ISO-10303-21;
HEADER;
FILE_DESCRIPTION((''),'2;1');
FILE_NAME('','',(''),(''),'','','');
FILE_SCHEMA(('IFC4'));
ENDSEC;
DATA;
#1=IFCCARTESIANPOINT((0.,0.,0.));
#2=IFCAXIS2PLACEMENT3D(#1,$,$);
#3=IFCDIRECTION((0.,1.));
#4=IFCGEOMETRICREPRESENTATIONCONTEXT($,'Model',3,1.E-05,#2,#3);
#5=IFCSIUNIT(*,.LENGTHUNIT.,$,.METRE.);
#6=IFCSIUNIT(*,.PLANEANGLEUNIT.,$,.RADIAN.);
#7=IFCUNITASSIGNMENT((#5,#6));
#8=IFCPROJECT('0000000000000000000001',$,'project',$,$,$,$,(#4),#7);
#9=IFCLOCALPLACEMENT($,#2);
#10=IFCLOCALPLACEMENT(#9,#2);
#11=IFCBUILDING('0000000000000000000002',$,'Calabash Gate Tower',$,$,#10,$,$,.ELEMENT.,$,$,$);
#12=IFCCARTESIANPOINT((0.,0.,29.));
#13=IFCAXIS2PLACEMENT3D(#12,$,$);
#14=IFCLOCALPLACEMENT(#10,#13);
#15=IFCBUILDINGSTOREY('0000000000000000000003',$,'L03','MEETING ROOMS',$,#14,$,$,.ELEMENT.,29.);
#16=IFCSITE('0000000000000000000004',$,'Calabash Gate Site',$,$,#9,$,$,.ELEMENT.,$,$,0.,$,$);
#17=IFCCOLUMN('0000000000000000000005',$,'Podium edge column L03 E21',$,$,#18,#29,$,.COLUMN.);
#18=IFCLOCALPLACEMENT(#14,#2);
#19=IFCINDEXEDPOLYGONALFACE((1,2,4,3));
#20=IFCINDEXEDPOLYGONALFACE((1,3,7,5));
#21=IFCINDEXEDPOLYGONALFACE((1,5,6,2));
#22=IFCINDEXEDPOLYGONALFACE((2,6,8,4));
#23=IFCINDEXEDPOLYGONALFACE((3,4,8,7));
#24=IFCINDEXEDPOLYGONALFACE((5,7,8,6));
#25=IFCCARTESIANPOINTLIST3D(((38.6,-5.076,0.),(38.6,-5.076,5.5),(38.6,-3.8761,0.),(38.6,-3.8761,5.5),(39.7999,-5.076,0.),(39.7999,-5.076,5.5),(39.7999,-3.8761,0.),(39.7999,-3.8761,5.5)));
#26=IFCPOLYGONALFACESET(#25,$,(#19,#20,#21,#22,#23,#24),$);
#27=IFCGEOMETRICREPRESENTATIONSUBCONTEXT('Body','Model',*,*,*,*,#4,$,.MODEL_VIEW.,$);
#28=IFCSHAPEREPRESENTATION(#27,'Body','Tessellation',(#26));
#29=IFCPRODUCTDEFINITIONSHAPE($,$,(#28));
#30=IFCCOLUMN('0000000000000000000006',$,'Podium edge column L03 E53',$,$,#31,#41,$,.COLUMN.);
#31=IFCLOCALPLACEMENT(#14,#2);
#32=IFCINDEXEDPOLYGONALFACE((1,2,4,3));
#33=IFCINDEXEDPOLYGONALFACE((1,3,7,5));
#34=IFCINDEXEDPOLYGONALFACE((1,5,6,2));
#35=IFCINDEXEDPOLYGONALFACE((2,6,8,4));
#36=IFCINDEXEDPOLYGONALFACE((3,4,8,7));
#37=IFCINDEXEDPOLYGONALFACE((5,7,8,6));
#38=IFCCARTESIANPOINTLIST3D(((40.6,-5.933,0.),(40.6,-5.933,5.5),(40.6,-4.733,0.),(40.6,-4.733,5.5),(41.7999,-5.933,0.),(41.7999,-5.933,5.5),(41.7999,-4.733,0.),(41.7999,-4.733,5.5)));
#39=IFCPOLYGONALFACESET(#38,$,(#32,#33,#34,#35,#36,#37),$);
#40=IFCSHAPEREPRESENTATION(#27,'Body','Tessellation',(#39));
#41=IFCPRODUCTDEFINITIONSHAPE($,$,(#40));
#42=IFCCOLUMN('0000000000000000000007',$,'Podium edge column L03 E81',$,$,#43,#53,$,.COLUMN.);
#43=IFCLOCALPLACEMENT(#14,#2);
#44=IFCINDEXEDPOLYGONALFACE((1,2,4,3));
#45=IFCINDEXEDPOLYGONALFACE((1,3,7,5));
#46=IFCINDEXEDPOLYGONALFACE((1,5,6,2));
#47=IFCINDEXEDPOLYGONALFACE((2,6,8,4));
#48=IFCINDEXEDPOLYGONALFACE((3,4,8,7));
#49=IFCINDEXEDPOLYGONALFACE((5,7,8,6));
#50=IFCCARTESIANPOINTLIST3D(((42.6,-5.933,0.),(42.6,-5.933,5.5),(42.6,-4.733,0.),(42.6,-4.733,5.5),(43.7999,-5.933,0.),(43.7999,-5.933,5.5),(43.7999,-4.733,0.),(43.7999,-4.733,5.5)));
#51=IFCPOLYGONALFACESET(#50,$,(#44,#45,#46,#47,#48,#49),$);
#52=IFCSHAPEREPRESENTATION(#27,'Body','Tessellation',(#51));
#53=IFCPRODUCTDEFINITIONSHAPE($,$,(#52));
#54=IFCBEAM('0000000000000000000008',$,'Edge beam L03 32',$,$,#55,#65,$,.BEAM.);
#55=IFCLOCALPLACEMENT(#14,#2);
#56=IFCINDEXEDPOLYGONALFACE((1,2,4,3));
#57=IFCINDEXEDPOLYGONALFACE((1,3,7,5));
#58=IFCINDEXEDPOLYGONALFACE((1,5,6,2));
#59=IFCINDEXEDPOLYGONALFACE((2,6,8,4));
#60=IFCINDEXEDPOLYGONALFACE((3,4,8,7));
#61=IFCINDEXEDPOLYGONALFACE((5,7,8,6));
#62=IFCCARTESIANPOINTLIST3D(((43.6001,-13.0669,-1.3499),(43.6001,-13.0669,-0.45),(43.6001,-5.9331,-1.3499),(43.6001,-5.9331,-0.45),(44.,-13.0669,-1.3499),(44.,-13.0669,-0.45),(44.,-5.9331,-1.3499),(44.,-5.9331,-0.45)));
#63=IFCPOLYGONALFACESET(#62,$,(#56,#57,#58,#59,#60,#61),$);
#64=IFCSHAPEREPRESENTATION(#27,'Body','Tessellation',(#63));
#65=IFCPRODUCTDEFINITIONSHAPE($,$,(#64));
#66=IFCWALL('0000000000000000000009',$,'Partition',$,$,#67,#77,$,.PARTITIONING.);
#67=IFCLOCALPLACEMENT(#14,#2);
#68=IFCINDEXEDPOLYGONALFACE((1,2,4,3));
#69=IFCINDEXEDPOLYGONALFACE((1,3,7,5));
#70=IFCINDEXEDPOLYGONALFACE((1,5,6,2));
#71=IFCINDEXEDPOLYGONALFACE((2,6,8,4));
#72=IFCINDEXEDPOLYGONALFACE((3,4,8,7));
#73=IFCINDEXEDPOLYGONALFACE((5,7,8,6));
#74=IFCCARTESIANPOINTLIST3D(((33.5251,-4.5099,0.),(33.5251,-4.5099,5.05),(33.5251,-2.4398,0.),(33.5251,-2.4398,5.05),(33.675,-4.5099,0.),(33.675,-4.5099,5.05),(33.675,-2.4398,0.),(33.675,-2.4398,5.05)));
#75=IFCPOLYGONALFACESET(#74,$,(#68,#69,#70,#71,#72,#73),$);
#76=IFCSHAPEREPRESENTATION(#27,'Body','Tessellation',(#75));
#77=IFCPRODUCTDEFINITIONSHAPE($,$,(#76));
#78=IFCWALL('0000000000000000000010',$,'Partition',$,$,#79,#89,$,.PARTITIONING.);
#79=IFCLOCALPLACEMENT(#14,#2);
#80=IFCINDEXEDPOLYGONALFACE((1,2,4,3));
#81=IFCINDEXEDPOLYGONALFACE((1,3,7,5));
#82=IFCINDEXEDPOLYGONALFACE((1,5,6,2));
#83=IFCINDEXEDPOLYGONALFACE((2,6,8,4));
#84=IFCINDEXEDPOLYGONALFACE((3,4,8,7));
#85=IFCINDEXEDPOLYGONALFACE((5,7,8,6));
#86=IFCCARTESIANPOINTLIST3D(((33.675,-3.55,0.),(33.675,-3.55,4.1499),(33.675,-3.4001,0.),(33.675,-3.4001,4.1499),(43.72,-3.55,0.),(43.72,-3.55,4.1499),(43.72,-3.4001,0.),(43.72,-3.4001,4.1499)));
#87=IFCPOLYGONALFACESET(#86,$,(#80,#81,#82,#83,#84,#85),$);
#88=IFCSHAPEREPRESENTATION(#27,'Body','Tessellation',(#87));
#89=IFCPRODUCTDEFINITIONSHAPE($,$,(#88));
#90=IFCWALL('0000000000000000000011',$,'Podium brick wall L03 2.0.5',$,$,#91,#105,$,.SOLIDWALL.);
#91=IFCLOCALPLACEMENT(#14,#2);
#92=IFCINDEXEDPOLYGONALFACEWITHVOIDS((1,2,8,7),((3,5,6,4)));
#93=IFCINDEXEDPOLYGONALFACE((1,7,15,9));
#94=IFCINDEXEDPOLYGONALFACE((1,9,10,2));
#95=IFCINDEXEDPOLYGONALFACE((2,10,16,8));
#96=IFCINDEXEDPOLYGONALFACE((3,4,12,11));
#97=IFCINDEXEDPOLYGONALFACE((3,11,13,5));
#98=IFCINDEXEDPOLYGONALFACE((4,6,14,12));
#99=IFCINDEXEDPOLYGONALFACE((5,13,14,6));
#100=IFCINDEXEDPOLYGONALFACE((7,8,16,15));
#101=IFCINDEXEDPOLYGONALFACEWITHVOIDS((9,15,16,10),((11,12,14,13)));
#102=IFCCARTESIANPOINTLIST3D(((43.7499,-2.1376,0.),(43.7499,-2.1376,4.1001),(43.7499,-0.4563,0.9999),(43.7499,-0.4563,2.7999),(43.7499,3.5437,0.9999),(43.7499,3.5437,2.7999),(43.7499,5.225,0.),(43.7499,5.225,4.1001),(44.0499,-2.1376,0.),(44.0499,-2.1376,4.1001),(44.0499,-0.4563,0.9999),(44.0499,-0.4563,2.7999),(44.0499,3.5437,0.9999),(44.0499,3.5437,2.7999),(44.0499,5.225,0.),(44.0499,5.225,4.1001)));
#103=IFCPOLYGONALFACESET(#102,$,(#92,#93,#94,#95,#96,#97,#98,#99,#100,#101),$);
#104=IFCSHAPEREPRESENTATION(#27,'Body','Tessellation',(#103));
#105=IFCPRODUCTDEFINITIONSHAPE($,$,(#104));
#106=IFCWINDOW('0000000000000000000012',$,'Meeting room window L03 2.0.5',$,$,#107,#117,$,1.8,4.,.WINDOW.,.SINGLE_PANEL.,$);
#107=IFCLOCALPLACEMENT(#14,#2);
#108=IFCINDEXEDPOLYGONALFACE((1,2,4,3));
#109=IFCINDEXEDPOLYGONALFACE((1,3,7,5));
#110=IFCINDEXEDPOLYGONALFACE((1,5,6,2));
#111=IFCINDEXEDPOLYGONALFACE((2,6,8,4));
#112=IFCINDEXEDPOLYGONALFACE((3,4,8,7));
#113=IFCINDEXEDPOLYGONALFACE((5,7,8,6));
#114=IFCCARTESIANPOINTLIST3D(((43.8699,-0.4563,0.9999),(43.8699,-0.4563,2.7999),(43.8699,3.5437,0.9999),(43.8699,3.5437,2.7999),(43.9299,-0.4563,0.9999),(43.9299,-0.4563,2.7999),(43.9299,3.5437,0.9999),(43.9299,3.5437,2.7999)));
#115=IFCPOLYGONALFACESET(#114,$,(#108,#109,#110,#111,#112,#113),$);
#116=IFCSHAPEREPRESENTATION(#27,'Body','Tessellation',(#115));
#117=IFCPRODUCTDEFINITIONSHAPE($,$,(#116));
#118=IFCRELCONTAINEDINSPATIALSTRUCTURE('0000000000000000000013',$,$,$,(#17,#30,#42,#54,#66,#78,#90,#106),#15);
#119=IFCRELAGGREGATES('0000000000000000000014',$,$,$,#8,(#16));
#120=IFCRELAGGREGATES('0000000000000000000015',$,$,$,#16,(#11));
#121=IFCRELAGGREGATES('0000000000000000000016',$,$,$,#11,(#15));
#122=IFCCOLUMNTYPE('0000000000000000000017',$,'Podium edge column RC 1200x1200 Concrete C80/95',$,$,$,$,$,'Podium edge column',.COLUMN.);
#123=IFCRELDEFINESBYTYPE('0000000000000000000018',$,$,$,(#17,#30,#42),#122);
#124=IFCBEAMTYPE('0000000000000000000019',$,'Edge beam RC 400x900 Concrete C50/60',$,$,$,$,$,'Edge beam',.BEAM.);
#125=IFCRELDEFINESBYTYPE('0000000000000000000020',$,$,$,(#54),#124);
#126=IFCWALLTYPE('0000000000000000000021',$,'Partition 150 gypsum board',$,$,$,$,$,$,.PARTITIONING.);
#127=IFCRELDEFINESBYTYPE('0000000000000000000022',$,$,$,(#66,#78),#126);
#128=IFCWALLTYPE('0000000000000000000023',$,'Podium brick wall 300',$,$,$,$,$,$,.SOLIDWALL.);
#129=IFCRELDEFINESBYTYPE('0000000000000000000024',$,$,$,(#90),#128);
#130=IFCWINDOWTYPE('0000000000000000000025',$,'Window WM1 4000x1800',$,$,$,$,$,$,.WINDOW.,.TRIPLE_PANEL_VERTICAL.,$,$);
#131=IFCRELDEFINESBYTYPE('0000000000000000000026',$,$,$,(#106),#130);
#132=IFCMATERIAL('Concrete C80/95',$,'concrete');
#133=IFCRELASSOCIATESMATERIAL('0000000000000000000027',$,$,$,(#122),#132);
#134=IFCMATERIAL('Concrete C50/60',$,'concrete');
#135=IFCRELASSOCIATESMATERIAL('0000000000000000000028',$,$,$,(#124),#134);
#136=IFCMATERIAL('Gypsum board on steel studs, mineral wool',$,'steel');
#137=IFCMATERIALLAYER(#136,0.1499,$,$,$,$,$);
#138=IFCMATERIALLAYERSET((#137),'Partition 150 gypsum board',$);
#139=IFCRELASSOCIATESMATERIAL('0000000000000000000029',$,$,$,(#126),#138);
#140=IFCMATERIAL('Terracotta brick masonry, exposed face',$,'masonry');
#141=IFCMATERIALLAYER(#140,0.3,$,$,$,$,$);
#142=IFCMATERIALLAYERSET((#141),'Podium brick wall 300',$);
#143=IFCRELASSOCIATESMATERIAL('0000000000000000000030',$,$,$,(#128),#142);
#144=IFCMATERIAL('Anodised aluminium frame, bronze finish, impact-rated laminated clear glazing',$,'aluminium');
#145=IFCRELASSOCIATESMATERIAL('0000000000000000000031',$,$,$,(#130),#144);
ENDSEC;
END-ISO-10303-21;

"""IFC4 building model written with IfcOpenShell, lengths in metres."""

from ifc_helpers import new_model, si_unit, direction, frame, frame_2d, origin, origin_2d, place, context, subcontext, project, spatial, rectangle, extrude, material, layer, layer_set, material_profile, profile_set, type_object, element, fill, save


model = new_model("IFC4")

# Units and contexts
model_context = context("Model", 3, precision=1e-05, world=origin(), true_north=direction((0.0, 1.0)))
body_context = subcontext(model_context, "Body", "Model", "MODEL_VIEW")
ifc_project = project(units=[si_unit("LENGTHUNIT", "METRE"), si_unit("PLANEANGLEUNIT", "RADIAN")], contexts=[model_context])

# Site, building, storey
site_placement = place(None, origin())
site = spatial("IfcSite", under=ifc_project, at=site_placement, Name="Calabash Gate Site", CompositionType="ELEMENT", RefElevation=0.0)
building_placement = place(site_placement, origin())
building = spatial("IfcBuilding", under=site, at=building_placement, Name="Calabash Gate Tower", CompositionType="ELEMENT")
storey_placement = place(building_placement, frame((0.0, 0.0, 29.0)))
storey = spatial("IfcBuildingStorey", under=building, at=storey_placement, Name="L03", Description="MEETING ROOMS", CompositionType="ELEMENT", Elevation=29.0)

# Columns
ifc_material_1 = material(Name="Concrete C80/95", Category="concrete")
ifc_material_profile_1 = material_profile(ifc_material_1, rectangle(XDim=1.2, YDim=1.2, at=origin_2d()))
ifc_profile_set_1 = profile_set([ifc_material_profile_1], Name="Concrete C80/95")
column_type = type_object("IfcColumnType", Name="Podium edge column RC 1200x1200 Concrete C80/95", ElementType="Podium edge column", PredefinedType="COLUMN", material=ifc_profile_set_1)
for number, where, z_axis, x_axis, name in (
    (1, (39.2, -4.4761, 0.0), (0.0, 0.0, 1.0), (1.0, 0.0, 0.0), "Podium edge column L03 E21"),
    (2, (41.2, -5.333, 0.0), (0.0, 0.0, 1.0), (1.0, 0.0, 0.0), "Podium edge column L03 E53"),
    (3, (43.2, -5.333, 0.0), (0.0, 0.0, 1.0), (1.0, 0.0, 0.0), "Podium edge column L03 E81"),
):
    element("IfcColumn", number, at=place(storey_placement, frame(where, z_axis=z_axis, x_axis=x_axis)), inside=storey, type_object=column_type, Name=name, PredefinedType="COLUMN", context=body_context, shape_type="SweptSolid", body=[
        extrude(rectangle(XDim=1.2, YDim=1.2, at=origin_2d()), origin(), (0.0, 0.0, 1.0), 5.5),
    ])

# Beam
ifc_material_2 = material(Name="Concrete C50/60", Category="concrete")
ifc_material_profile_2 = material_profile(ifc_material_2, rectangle(XDim=0.3999, YDim=0.8999, at=origin_2d()))
ifc_profile_set_2 = profile_set([ifc_material_profile_2], Name="Concrete C50/60")
beam_type = type_object("IfcBeamType", Name="Edge beam RC 400x900 Concrete C50/60", ElementType="Edge beam", PredefinedType="BEAM", material=ifc_profile_set_2)
beam_placement = place(storey_placement, frame((43.8, -5.9331, -0.8999), z_axis=(0.0, -1.0, 0.0), x_axis=(1.0, 0.0, 0.0)))
element("IfcBeam", 4, at=beam_placement, inside=storey, type_object=beam_type, Name="Edge beam L03 32", PredefinedType="BEAM", context=body_context, shape_type="SweptSolid", body=[
    extrude(rectangle(XDim=0.3999, YDim=0.8999, at=origin_2d()), origin(), (0.0, 0.0, 1.0), 7.1338),
])

# Walls
ifc_material_3 = material(Name="Gypsum board on steel studs, mineral wool", Category="steel")
ifc_layer_1 = layer(ifc_material_3, 0.1499)
ifc_layer_set_1 = layer_set([ifc_layer_1], Name="Partition 150 gypsum board")
wall_type_1 = type_object("IfcWallType", Name="Partition 150 gypsum board", PredefinedType="PARTITIONING", material=ifc_layer_set_1)
wall_1_placement = place(storey_placement, frame((33.6001, -4.51, 0.0), z_axis=(0.0, 0.0, 1.0), x_axis=(0.0, 1.0, 0.0)))
element("IfcWall", 5, at=wall_1_placement, inside=storey, type_object=wall_type_1, Name="Partition", PredefinedType="PARTITIONING", context=body_context, shape_type="SweptSolid", body=[
    extrude(rectangle(XDim=2.0701, YDim=0.1499, at=frame_2d((1.0352, 0.0))), origin(), (0.0, 0.0, 1.0), 5.05),
])
wall_2_placement = place(storey_placement, frame((33.675, -3.4751, 0.0), z_axis=(0.0, 0.0, 1.0), x_axis=(1.0, 0.0, 0.0)))
element("IfcWall", 6, at=wall_2_placement, inside=storey, type_object=wall_type_1, Name="Partition", PredefinedType="PARTITIONING", context=body_context, shape_type="SweptSolid", body=[
    extrude(rectangle(XDim=10.0449, YDim=0.1499, at=frame_2d((5.0225, 0.0))), origin(), (0.0, 0.0, 1.0), 4.1499),
])

# Wall, opening, window
ifc_material_4 = material(Name="Terracotta brick masonry, exposed face", Category="masonry")
ifc_layer_2 = layer(ifc_material_4, 0.3)
ifc_layer_set_2 = layer_set([ifc_layer_2], Name="Podium brick wall 300")
wall_type_2 = type_object("IfcWallType", Name="Podium brick wall 300", PredefinedType="SOLIDWALL", material=ifc_layer_set_2)
wall_3_placement = place(storey_placement, frame((43.8999, -2.1375, 0.0), z_axis=(0.0, 0.0, 1.0), x_axis=(0.0, 1.0, 0.0)))
wall_3 = element("IfcWall", 7, at=wall_3_placement, inside=storey, type_object=wall_type_2, Name="Podium brick wall L03 2.0.5", PredefinedType="SOLIDWALL", context=body_context, shape_type="SweptSolid", body=[
    extrude(rectangle(XDim=7.3625, YDim=0.3, at=frame_2d((3.6812, 0.0))), origin(), (0.0, 0.0, 1.0), 4.1001),
])
opening_1_placement = place(wall_3_placement, frame((1.6812, 0.0, 1.0)))
opening_1 = element("IfcOpeningElement", 8, at=opening_1_placement, cuts=wall_3, PredefinedType="OPENING", context=body_context, shape_type="SweptSolid", body=[
    extrude(rectangle(XDim=4.0, YDim=1.8, at=frame_2d((2.0, 0.8999))), frame((0.0, 0.1599, 0.0), z_axis=(0.0, -1.0, 0.0), x_axis=(1.0, 0.0, 0.0)), (0.0, 0.0, 1.0), 0.3201),
])
ifc_material_5 = material(Name="Anodised aluminium frame, bronze finish, impact-rated laminated clear glazing", Category="aluminium")
window_type = type_object("IfcWindowType", Name="Window WM1 4000x1800", PartitioningType="TRIPLE_PANEL_VERTICAL", PredefinedType="WINDOW", material=ifc_material_5)
window_placement = place(opening_1_placement, origin())
window = element("IfcWindow", 9, at=window_placement, inside=storey, type_object=window_type, Name="Meeting room window L03 2.0.5", OverallHeight=1.8, OverallWidth=4.0, PartitioningType="SINGLE_PANEL", PredefinedType="WINDOW", context=body_context, shape_type="SweptSolid", body=[
    extrude(rectangle(XDim=4.0, YDim=1.8, at=frame_2d((2.0, 0.8999))), frame((0.0, 0.03, 0.0), z_axis=(0.0, -1.0, 0.0), x_axis=(1.0, 0.0, 0.0)), (0.0, 0.0, 1.0), 0.0601),
])
fill(opening_1, window)

save(model, "model.ifc")
